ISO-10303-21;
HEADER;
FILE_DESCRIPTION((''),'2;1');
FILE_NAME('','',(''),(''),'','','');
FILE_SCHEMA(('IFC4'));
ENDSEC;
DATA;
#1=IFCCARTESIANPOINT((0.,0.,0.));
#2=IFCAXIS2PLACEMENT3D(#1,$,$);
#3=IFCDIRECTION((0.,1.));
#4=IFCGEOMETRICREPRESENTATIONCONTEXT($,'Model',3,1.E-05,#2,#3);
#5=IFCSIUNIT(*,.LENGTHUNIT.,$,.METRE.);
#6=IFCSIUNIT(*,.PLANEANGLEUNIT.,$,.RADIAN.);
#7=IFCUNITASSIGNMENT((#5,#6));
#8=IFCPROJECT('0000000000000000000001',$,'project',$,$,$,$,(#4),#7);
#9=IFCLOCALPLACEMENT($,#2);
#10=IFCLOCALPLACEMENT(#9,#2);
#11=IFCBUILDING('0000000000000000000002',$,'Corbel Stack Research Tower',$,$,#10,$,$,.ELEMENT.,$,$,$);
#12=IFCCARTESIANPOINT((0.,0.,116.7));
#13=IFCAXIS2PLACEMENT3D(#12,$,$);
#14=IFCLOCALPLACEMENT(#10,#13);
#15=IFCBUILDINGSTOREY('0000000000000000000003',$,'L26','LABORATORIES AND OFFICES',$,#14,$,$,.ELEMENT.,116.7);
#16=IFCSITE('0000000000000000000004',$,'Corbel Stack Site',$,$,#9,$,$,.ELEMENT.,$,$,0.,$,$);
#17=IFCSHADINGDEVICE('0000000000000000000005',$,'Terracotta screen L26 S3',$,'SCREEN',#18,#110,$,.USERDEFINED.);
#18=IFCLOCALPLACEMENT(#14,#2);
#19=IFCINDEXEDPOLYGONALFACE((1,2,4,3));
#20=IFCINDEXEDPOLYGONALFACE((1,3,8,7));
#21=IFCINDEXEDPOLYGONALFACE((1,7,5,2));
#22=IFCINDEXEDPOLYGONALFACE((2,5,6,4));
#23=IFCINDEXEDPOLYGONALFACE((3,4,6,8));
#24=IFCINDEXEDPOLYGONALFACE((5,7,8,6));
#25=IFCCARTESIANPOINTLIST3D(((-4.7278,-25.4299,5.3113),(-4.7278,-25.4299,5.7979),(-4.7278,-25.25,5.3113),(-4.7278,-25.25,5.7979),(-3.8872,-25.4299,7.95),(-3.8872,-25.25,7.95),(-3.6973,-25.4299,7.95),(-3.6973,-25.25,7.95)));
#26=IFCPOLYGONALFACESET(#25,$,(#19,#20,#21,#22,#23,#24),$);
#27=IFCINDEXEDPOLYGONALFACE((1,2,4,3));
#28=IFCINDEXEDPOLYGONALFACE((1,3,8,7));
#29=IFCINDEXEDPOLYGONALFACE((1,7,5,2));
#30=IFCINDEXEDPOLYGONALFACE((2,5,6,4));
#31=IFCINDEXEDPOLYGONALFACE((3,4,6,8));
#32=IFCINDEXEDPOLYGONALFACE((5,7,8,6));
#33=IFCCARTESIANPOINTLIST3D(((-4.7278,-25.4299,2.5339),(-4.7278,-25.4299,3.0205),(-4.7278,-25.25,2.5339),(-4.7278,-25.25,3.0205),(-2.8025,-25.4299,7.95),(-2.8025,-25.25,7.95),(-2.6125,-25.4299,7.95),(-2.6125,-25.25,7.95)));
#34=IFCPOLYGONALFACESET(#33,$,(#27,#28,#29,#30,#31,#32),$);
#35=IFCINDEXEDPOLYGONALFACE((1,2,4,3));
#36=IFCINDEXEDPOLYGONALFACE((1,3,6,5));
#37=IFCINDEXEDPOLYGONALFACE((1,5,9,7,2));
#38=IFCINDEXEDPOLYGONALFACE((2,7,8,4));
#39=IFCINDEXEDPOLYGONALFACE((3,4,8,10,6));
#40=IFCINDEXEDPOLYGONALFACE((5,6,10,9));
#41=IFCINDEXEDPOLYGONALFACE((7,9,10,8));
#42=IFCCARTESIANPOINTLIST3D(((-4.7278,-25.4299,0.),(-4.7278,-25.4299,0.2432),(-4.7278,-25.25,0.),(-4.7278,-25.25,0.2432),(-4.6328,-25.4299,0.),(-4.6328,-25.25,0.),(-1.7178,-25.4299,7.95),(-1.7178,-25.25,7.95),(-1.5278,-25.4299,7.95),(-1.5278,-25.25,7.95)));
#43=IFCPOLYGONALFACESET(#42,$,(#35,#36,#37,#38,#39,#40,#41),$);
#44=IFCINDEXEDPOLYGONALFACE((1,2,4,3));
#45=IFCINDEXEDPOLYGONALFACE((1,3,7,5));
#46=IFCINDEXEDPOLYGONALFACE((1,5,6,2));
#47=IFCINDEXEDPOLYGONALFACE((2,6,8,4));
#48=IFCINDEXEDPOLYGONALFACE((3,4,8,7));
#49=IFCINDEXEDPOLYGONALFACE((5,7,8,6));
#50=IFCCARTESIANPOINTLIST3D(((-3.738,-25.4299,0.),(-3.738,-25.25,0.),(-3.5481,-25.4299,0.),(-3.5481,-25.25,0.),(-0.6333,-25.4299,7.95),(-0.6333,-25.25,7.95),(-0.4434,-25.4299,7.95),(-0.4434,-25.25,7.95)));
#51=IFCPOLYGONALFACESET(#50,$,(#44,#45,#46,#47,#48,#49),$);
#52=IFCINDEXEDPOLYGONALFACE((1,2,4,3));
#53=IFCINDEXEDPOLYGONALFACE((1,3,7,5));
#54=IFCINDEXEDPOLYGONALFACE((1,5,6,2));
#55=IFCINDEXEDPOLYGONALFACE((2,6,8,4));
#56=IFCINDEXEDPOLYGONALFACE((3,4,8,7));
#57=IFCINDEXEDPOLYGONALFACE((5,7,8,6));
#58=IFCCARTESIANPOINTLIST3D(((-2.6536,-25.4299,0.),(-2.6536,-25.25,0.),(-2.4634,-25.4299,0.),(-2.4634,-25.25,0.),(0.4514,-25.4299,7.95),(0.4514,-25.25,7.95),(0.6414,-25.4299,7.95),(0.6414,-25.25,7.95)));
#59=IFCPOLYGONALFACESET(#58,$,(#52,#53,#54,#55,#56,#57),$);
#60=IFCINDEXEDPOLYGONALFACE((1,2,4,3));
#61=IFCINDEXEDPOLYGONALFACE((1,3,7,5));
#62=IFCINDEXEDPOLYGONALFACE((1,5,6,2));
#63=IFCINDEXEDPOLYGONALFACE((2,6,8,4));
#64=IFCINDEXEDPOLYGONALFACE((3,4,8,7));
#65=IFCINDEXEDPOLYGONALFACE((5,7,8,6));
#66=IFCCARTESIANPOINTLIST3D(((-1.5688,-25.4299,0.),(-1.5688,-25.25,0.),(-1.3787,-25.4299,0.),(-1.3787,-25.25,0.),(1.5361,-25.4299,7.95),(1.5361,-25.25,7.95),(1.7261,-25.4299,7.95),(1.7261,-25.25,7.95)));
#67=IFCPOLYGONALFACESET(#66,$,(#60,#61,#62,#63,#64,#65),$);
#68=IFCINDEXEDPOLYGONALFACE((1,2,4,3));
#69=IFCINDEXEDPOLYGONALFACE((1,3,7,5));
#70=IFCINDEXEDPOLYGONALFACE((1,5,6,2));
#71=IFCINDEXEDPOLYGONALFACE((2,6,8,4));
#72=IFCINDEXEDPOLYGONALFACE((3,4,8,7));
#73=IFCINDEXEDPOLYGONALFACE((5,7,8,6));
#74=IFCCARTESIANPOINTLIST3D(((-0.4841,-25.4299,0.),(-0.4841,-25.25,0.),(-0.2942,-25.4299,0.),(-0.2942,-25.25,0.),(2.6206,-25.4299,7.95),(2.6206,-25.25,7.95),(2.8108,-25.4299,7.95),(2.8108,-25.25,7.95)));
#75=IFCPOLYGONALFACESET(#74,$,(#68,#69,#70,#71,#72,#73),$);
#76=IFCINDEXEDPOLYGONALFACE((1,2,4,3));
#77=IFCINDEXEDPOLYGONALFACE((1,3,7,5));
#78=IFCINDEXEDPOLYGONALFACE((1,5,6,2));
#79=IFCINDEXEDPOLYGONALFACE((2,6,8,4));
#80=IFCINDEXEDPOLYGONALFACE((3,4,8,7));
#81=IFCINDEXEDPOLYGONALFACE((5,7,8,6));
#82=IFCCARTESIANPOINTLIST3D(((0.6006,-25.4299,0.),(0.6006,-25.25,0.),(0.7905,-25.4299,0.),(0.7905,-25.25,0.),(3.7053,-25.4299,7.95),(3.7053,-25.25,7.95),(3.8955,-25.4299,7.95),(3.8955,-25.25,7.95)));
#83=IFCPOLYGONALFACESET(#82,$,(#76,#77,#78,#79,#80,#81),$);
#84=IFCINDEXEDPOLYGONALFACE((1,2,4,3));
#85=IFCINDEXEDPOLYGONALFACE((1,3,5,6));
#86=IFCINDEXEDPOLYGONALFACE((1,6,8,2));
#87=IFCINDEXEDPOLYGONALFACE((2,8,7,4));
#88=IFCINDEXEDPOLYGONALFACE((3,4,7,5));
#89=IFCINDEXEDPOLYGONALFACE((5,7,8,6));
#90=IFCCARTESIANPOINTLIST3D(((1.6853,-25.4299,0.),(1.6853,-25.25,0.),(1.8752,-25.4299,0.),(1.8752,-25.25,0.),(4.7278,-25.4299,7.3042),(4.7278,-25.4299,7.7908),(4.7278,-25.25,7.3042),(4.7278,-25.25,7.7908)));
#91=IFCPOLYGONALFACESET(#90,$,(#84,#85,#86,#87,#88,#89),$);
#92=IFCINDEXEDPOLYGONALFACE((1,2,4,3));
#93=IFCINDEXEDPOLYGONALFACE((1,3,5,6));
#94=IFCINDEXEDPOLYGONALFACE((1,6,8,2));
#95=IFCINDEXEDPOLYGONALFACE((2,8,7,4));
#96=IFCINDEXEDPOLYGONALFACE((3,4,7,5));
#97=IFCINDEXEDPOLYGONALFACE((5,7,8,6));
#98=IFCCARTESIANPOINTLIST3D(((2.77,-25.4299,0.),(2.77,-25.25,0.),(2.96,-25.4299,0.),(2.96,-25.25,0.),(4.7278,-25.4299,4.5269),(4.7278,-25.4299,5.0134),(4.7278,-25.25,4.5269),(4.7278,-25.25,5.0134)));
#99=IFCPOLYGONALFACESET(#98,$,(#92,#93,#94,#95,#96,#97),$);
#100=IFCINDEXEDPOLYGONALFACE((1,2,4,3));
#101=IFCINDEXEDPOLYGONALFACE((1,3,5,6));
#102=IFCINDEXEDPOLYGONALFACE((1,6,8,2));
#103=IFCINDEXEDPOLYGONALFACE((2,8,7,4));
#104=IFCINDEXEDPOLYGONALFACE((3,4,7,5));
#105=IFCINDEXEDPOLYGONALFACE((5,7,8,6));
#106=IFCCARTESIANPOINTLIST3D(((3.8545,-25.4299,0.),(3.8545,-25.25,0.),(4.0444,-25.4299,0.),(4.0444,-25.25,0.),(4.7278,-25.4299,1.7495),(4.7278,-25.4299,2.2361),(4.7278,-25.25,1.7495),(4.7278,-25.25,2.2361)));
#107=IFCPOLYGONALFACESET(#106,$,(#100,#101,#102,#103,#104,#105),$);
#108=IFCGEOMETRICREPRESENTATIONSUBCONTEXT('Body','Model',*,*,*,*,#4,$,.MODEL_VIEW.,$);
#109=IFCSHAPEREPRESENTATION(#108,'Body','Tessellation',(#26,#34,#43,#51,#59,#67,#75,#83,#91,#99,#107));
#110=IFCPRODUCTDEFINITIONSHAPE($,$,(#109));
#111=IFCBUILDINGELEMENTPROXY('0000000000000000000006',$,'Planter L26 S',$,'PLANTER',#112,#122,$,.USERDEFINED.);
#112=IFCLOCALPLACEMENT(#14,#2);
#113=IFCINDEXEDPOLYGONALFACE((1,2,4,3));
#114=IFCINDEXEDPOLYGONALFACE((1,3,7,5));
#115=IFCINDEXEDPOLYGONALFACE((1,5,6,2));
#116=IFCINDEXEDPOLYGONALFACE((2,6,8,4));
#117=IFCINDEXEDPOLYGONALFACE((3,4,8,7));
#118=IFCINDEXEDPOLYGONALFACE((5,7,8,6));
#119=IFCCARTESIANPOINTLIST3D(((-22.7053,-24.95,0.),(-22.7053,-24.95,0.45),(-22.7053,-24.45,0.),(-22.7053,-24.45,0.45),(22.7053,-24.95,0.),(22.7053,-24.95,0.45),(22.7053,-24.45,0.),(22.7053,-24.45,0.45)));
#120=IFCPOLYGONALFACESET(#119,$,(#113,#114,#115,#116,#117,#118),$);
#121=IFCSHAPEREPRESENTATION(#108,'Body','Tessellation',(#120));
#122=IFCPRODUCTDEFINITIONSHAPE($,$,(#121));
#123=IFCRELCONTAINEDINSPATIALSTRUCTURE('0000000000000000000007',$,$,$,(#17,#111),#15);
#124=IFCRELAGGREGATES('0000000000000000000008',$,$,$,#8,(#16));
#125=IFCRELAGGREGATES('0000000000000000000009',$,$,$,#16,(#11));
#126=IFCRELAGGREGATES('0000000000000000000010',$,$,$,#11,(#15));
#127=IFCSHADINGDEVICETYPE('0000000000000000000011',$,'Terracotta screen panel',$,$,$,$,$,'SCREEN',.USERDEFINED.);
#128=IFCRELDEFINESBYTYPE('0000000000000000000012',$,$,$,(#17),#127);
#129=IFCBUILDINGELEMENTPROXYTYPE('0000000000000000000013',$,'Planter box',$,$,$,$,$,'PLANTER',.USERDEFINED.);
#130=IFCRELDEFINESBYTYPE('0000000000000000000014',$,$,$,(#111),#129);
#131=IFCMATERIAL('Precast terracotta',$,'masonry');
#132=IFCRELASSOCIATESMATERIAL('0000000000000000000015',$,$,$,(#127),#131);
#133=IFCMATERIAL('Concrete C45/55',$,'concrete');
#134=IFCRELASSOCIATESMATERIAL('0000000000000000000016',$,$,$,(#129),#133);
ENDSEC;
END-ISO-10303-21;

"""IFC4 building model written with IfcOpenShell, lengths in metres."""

from ifc_helpers import new_model, si_unit, direction, frame, origin, origin_2d, place, context, subcontext, project, spatial, polyline, rectangle, outline, extrude, source, transform, mapped, material, type_object, element, save


model = new_model("IFC4")

# Units and contexts
model_context = context("Model", 3, precision=1e-05, world=origin(), true_north=direction((0.0, 1.0)))
body_context = subcontext(model_context, "Body", "Model", "MODEL_VIEW")
ifc_project = project(units=[si_unit("LENGTHUNIT", "METRE"), si_unit("PLANEANGLEUNIT", "RADIAN")], contexts=[model_context])

# Site, building, storey
site_placement = place(None, origin())
site = spatial("IfcSite", under=ifc_project, at=site_placement, Name="Corbel Stack Site", CompositionType="ELEMENT", RefElevation=0.0)
building_placement = place(site_placement, origin())
building = spatial("IfcBuilding", under=site, at=building_placement, Name="Corbel Stack Research Tower", CompositionType="ELEMENT")
storey_placement = place(building_placement, frame((0.0, 0.0, 116.7)))
storey = spatial("IfcBuildingStorey", under=building, at=storey_placement, Name="L26", Description="LABORATORIES AND OFFICES", CompositionType="ELEMENT", Elevation=116.7)

# Shading device
ifc_material_1 = material(Name="Precast terracotta", Category="masonry")
shading_device_type = type_object("IfcShadingDeviceType", Name="Terracotta screen panel", ElementType="SCREEN", PredefinedType="USERDEFINED", material=ifc_material_1)
shared_shape = source(origin(), body_context, "Body", "SweptSolid", [
    extrude(outline(polyline([(1.0305, 7.95), (0.8406, 7.95), (0.0, 5.7979), (0.0, 5.3113), (1.0305, 7.95)])), frame((0.0, 0.0, 0.0), z_axis=(0.0, -1.0, 0.0), x_axis=(1.0, 0.0, 0.0)), (0.0, 0.0, 1.0), 0.1799),
    extrude(outline(polyline([(2.1152, 7.95), (1.9253, 7.95), (0.0, 3.0205), (0.0, 2.5339), (2.1152, 7.95)])), frame((0.0, 0.0, 0.0), z_axis=(0.0, -1.0, 0.0), x_axis=(1.0, 0.0, 0.0)), (0.0, 0.0, 1.0), 0.1799),
    extrude(outline(polyline([(0.095, 0.0), (3.2, 7.95), (3.01, 7.95), (0.0, 0.2432), (0.0, 0.0), (0.095, 0.0)])), frame((0.0, 0.0, 0.0), z_axis=(0.0, -1.0, 0.0), x_axis=(1.0, 0.0, 0.0)), (0.0, 0.0, 1.0), 0.1799),
    extrude(outline(polyline([(1.1797, 0.0), (4.2844, 7.95), (4.0945, 7.95), (0.9897, 0.0), (1.1797, 0.0)])), frame((0.0, 0.0, 0.0), z_axis=(0.0, -1.0, 0.0), x_axis=(1.0, 0.0, 0.0)), (0.0, 0.0, 1.0), 0.1799),
    extrude(outline(polyline([(2.2644, 0.0), (5.3691, 7.95), (5.1792, 7.95), (2.0742, 0.0), (2.2644, 0.0)])), frame((0.0, 0.0, 0.0), z_axis=(0.0, -1.0, 0.0), x_axis=(1.0, 0.0, 0.0)), (0.0, 0.0, 1.0), 0.1799),
    extrude(outline(polyline([(3.3491, 0.0), (6.4539, 7.95), (6.2639, 7.95), (3.1589, 0.0), (3.3491, 0.0)])), frame((0.0, 0.0, 0.0), z_axis=(0.0, -1.0, 0.0), x_axis=(1.0, 0.0, 0.0)), (0.0, 0.0, 1.0), 0.1799),
    extrude(outline(polyline([(4.4336, 0.0), (7.5386, 7.95), (7.3484, 7.95), (4.2437, 0.0), (4.4336, 0.0)])), frame((0.0, 0.0, 0.0), z_axis=(0.0, -1.0, 0.0), x_axis=(1.0, 0.0, 0.0)), (0.0, 0.0, 1.0), 0.1799),
    extrude(outline(polyline([(5.5183, 0.0), (8.6233, 7.95), (8.4331, 7.95), (5.3284, 0.0), (5.5183, 0.0)])), frame((0.0, 0.0, 0.0), z_axis=(0.0, -1.0, 0.0), x_axis=(1.0, 0.0, 0.0)), (0.0, 0.0, 1.0), 0.1799),
    extrude(outline(polyline([(6.603, 0.0), (9.4556, 7.3042), (9.4556, 7.7908), (6.4131, 0.0), (6.603, 0.0)])), frame((0.0, 0.0, 0.0), z_axis=(0.0, -1.0, 0.0), x_axis=(1.0, 0.0, 0.0)), (0.0, 0.0, 1.0), 0.1799),
    extrude(outline(polyline([(7.6877, 0.0), (9.4556, 4.5269), (9.4556, 5.0134), (7.4978, 0.0), (7.6877, 0.0)])), frame((0.0, 0.0, 0.0), z_axis=(0.0, -1.0, 0.0), x_axis=(1.0, 0.0, 0.0)), (0.0, 0.0, 1.0), 0.1799),
    extrude(outline(polyline([(8.7722, 0.0), (9.4556, 1.7495), (9.4556, 2.2361), (8.5823, 0.0), (8.7722, 0.0)])), frame((0.0, 0.0, 0.0), z_axis=(0.0, -1.0, 0.0), x_axis=(1.0, 0.0, 0.0)), (0.0, 0.0, 1.0), 0.1799),
])
shading_device_placement = place(storey_placement, frame((-4.7278, -25.25, 0.0), z_axis=(0.0, 0.0, 1.0), x_axis=(1.0, 0.0, 0.0)))
element("IfcShadingDevice", 1, at=shading_device_placement, inside=storey, type_object=shading_device_type, Name="Terracotta screen L26 S3", ObjectType="SCREEN", PredefinedType="USERDEFINED", context=body_context, shape_type="MappedRepresentation", body=[
    mapped(shared_shape, transform((0.0, 0.0, 0.0))),
])

# Building element proxy
ifc_material_2 = material(Name="Concrete C45/55", Category="concrete")
building_element_proxy_type = type_object("IfcBuildingElementProxyType", Name="Planter box", ElementType="PLANTER", PredefinedType="USERDEFINED", material=ifc_material_2)
proxy_placement = place(storey_placement, frame((0.0, -24.7, 0.0), z_axis=(0.0, 0.0, 1.0), x_axis=(1.0, 0.0, 0.0)))
element("IfcBuildingElementProxy", 2, at=proxy_placement, inside=storey, type_object=building_element_proxy_type, Name="Planter L26 S", ObjectType="PLANTER", PredefinedType="USERDEFINED", context=body_context, shape_type="SweptSolid", body=[
    extrude(rectangle(XDim=45.4106, YDim=0.5, at=origin_2d()), origin(), (0.0, 0.0, 1.0), 0.45),
])

save(model, "model.ifc")
